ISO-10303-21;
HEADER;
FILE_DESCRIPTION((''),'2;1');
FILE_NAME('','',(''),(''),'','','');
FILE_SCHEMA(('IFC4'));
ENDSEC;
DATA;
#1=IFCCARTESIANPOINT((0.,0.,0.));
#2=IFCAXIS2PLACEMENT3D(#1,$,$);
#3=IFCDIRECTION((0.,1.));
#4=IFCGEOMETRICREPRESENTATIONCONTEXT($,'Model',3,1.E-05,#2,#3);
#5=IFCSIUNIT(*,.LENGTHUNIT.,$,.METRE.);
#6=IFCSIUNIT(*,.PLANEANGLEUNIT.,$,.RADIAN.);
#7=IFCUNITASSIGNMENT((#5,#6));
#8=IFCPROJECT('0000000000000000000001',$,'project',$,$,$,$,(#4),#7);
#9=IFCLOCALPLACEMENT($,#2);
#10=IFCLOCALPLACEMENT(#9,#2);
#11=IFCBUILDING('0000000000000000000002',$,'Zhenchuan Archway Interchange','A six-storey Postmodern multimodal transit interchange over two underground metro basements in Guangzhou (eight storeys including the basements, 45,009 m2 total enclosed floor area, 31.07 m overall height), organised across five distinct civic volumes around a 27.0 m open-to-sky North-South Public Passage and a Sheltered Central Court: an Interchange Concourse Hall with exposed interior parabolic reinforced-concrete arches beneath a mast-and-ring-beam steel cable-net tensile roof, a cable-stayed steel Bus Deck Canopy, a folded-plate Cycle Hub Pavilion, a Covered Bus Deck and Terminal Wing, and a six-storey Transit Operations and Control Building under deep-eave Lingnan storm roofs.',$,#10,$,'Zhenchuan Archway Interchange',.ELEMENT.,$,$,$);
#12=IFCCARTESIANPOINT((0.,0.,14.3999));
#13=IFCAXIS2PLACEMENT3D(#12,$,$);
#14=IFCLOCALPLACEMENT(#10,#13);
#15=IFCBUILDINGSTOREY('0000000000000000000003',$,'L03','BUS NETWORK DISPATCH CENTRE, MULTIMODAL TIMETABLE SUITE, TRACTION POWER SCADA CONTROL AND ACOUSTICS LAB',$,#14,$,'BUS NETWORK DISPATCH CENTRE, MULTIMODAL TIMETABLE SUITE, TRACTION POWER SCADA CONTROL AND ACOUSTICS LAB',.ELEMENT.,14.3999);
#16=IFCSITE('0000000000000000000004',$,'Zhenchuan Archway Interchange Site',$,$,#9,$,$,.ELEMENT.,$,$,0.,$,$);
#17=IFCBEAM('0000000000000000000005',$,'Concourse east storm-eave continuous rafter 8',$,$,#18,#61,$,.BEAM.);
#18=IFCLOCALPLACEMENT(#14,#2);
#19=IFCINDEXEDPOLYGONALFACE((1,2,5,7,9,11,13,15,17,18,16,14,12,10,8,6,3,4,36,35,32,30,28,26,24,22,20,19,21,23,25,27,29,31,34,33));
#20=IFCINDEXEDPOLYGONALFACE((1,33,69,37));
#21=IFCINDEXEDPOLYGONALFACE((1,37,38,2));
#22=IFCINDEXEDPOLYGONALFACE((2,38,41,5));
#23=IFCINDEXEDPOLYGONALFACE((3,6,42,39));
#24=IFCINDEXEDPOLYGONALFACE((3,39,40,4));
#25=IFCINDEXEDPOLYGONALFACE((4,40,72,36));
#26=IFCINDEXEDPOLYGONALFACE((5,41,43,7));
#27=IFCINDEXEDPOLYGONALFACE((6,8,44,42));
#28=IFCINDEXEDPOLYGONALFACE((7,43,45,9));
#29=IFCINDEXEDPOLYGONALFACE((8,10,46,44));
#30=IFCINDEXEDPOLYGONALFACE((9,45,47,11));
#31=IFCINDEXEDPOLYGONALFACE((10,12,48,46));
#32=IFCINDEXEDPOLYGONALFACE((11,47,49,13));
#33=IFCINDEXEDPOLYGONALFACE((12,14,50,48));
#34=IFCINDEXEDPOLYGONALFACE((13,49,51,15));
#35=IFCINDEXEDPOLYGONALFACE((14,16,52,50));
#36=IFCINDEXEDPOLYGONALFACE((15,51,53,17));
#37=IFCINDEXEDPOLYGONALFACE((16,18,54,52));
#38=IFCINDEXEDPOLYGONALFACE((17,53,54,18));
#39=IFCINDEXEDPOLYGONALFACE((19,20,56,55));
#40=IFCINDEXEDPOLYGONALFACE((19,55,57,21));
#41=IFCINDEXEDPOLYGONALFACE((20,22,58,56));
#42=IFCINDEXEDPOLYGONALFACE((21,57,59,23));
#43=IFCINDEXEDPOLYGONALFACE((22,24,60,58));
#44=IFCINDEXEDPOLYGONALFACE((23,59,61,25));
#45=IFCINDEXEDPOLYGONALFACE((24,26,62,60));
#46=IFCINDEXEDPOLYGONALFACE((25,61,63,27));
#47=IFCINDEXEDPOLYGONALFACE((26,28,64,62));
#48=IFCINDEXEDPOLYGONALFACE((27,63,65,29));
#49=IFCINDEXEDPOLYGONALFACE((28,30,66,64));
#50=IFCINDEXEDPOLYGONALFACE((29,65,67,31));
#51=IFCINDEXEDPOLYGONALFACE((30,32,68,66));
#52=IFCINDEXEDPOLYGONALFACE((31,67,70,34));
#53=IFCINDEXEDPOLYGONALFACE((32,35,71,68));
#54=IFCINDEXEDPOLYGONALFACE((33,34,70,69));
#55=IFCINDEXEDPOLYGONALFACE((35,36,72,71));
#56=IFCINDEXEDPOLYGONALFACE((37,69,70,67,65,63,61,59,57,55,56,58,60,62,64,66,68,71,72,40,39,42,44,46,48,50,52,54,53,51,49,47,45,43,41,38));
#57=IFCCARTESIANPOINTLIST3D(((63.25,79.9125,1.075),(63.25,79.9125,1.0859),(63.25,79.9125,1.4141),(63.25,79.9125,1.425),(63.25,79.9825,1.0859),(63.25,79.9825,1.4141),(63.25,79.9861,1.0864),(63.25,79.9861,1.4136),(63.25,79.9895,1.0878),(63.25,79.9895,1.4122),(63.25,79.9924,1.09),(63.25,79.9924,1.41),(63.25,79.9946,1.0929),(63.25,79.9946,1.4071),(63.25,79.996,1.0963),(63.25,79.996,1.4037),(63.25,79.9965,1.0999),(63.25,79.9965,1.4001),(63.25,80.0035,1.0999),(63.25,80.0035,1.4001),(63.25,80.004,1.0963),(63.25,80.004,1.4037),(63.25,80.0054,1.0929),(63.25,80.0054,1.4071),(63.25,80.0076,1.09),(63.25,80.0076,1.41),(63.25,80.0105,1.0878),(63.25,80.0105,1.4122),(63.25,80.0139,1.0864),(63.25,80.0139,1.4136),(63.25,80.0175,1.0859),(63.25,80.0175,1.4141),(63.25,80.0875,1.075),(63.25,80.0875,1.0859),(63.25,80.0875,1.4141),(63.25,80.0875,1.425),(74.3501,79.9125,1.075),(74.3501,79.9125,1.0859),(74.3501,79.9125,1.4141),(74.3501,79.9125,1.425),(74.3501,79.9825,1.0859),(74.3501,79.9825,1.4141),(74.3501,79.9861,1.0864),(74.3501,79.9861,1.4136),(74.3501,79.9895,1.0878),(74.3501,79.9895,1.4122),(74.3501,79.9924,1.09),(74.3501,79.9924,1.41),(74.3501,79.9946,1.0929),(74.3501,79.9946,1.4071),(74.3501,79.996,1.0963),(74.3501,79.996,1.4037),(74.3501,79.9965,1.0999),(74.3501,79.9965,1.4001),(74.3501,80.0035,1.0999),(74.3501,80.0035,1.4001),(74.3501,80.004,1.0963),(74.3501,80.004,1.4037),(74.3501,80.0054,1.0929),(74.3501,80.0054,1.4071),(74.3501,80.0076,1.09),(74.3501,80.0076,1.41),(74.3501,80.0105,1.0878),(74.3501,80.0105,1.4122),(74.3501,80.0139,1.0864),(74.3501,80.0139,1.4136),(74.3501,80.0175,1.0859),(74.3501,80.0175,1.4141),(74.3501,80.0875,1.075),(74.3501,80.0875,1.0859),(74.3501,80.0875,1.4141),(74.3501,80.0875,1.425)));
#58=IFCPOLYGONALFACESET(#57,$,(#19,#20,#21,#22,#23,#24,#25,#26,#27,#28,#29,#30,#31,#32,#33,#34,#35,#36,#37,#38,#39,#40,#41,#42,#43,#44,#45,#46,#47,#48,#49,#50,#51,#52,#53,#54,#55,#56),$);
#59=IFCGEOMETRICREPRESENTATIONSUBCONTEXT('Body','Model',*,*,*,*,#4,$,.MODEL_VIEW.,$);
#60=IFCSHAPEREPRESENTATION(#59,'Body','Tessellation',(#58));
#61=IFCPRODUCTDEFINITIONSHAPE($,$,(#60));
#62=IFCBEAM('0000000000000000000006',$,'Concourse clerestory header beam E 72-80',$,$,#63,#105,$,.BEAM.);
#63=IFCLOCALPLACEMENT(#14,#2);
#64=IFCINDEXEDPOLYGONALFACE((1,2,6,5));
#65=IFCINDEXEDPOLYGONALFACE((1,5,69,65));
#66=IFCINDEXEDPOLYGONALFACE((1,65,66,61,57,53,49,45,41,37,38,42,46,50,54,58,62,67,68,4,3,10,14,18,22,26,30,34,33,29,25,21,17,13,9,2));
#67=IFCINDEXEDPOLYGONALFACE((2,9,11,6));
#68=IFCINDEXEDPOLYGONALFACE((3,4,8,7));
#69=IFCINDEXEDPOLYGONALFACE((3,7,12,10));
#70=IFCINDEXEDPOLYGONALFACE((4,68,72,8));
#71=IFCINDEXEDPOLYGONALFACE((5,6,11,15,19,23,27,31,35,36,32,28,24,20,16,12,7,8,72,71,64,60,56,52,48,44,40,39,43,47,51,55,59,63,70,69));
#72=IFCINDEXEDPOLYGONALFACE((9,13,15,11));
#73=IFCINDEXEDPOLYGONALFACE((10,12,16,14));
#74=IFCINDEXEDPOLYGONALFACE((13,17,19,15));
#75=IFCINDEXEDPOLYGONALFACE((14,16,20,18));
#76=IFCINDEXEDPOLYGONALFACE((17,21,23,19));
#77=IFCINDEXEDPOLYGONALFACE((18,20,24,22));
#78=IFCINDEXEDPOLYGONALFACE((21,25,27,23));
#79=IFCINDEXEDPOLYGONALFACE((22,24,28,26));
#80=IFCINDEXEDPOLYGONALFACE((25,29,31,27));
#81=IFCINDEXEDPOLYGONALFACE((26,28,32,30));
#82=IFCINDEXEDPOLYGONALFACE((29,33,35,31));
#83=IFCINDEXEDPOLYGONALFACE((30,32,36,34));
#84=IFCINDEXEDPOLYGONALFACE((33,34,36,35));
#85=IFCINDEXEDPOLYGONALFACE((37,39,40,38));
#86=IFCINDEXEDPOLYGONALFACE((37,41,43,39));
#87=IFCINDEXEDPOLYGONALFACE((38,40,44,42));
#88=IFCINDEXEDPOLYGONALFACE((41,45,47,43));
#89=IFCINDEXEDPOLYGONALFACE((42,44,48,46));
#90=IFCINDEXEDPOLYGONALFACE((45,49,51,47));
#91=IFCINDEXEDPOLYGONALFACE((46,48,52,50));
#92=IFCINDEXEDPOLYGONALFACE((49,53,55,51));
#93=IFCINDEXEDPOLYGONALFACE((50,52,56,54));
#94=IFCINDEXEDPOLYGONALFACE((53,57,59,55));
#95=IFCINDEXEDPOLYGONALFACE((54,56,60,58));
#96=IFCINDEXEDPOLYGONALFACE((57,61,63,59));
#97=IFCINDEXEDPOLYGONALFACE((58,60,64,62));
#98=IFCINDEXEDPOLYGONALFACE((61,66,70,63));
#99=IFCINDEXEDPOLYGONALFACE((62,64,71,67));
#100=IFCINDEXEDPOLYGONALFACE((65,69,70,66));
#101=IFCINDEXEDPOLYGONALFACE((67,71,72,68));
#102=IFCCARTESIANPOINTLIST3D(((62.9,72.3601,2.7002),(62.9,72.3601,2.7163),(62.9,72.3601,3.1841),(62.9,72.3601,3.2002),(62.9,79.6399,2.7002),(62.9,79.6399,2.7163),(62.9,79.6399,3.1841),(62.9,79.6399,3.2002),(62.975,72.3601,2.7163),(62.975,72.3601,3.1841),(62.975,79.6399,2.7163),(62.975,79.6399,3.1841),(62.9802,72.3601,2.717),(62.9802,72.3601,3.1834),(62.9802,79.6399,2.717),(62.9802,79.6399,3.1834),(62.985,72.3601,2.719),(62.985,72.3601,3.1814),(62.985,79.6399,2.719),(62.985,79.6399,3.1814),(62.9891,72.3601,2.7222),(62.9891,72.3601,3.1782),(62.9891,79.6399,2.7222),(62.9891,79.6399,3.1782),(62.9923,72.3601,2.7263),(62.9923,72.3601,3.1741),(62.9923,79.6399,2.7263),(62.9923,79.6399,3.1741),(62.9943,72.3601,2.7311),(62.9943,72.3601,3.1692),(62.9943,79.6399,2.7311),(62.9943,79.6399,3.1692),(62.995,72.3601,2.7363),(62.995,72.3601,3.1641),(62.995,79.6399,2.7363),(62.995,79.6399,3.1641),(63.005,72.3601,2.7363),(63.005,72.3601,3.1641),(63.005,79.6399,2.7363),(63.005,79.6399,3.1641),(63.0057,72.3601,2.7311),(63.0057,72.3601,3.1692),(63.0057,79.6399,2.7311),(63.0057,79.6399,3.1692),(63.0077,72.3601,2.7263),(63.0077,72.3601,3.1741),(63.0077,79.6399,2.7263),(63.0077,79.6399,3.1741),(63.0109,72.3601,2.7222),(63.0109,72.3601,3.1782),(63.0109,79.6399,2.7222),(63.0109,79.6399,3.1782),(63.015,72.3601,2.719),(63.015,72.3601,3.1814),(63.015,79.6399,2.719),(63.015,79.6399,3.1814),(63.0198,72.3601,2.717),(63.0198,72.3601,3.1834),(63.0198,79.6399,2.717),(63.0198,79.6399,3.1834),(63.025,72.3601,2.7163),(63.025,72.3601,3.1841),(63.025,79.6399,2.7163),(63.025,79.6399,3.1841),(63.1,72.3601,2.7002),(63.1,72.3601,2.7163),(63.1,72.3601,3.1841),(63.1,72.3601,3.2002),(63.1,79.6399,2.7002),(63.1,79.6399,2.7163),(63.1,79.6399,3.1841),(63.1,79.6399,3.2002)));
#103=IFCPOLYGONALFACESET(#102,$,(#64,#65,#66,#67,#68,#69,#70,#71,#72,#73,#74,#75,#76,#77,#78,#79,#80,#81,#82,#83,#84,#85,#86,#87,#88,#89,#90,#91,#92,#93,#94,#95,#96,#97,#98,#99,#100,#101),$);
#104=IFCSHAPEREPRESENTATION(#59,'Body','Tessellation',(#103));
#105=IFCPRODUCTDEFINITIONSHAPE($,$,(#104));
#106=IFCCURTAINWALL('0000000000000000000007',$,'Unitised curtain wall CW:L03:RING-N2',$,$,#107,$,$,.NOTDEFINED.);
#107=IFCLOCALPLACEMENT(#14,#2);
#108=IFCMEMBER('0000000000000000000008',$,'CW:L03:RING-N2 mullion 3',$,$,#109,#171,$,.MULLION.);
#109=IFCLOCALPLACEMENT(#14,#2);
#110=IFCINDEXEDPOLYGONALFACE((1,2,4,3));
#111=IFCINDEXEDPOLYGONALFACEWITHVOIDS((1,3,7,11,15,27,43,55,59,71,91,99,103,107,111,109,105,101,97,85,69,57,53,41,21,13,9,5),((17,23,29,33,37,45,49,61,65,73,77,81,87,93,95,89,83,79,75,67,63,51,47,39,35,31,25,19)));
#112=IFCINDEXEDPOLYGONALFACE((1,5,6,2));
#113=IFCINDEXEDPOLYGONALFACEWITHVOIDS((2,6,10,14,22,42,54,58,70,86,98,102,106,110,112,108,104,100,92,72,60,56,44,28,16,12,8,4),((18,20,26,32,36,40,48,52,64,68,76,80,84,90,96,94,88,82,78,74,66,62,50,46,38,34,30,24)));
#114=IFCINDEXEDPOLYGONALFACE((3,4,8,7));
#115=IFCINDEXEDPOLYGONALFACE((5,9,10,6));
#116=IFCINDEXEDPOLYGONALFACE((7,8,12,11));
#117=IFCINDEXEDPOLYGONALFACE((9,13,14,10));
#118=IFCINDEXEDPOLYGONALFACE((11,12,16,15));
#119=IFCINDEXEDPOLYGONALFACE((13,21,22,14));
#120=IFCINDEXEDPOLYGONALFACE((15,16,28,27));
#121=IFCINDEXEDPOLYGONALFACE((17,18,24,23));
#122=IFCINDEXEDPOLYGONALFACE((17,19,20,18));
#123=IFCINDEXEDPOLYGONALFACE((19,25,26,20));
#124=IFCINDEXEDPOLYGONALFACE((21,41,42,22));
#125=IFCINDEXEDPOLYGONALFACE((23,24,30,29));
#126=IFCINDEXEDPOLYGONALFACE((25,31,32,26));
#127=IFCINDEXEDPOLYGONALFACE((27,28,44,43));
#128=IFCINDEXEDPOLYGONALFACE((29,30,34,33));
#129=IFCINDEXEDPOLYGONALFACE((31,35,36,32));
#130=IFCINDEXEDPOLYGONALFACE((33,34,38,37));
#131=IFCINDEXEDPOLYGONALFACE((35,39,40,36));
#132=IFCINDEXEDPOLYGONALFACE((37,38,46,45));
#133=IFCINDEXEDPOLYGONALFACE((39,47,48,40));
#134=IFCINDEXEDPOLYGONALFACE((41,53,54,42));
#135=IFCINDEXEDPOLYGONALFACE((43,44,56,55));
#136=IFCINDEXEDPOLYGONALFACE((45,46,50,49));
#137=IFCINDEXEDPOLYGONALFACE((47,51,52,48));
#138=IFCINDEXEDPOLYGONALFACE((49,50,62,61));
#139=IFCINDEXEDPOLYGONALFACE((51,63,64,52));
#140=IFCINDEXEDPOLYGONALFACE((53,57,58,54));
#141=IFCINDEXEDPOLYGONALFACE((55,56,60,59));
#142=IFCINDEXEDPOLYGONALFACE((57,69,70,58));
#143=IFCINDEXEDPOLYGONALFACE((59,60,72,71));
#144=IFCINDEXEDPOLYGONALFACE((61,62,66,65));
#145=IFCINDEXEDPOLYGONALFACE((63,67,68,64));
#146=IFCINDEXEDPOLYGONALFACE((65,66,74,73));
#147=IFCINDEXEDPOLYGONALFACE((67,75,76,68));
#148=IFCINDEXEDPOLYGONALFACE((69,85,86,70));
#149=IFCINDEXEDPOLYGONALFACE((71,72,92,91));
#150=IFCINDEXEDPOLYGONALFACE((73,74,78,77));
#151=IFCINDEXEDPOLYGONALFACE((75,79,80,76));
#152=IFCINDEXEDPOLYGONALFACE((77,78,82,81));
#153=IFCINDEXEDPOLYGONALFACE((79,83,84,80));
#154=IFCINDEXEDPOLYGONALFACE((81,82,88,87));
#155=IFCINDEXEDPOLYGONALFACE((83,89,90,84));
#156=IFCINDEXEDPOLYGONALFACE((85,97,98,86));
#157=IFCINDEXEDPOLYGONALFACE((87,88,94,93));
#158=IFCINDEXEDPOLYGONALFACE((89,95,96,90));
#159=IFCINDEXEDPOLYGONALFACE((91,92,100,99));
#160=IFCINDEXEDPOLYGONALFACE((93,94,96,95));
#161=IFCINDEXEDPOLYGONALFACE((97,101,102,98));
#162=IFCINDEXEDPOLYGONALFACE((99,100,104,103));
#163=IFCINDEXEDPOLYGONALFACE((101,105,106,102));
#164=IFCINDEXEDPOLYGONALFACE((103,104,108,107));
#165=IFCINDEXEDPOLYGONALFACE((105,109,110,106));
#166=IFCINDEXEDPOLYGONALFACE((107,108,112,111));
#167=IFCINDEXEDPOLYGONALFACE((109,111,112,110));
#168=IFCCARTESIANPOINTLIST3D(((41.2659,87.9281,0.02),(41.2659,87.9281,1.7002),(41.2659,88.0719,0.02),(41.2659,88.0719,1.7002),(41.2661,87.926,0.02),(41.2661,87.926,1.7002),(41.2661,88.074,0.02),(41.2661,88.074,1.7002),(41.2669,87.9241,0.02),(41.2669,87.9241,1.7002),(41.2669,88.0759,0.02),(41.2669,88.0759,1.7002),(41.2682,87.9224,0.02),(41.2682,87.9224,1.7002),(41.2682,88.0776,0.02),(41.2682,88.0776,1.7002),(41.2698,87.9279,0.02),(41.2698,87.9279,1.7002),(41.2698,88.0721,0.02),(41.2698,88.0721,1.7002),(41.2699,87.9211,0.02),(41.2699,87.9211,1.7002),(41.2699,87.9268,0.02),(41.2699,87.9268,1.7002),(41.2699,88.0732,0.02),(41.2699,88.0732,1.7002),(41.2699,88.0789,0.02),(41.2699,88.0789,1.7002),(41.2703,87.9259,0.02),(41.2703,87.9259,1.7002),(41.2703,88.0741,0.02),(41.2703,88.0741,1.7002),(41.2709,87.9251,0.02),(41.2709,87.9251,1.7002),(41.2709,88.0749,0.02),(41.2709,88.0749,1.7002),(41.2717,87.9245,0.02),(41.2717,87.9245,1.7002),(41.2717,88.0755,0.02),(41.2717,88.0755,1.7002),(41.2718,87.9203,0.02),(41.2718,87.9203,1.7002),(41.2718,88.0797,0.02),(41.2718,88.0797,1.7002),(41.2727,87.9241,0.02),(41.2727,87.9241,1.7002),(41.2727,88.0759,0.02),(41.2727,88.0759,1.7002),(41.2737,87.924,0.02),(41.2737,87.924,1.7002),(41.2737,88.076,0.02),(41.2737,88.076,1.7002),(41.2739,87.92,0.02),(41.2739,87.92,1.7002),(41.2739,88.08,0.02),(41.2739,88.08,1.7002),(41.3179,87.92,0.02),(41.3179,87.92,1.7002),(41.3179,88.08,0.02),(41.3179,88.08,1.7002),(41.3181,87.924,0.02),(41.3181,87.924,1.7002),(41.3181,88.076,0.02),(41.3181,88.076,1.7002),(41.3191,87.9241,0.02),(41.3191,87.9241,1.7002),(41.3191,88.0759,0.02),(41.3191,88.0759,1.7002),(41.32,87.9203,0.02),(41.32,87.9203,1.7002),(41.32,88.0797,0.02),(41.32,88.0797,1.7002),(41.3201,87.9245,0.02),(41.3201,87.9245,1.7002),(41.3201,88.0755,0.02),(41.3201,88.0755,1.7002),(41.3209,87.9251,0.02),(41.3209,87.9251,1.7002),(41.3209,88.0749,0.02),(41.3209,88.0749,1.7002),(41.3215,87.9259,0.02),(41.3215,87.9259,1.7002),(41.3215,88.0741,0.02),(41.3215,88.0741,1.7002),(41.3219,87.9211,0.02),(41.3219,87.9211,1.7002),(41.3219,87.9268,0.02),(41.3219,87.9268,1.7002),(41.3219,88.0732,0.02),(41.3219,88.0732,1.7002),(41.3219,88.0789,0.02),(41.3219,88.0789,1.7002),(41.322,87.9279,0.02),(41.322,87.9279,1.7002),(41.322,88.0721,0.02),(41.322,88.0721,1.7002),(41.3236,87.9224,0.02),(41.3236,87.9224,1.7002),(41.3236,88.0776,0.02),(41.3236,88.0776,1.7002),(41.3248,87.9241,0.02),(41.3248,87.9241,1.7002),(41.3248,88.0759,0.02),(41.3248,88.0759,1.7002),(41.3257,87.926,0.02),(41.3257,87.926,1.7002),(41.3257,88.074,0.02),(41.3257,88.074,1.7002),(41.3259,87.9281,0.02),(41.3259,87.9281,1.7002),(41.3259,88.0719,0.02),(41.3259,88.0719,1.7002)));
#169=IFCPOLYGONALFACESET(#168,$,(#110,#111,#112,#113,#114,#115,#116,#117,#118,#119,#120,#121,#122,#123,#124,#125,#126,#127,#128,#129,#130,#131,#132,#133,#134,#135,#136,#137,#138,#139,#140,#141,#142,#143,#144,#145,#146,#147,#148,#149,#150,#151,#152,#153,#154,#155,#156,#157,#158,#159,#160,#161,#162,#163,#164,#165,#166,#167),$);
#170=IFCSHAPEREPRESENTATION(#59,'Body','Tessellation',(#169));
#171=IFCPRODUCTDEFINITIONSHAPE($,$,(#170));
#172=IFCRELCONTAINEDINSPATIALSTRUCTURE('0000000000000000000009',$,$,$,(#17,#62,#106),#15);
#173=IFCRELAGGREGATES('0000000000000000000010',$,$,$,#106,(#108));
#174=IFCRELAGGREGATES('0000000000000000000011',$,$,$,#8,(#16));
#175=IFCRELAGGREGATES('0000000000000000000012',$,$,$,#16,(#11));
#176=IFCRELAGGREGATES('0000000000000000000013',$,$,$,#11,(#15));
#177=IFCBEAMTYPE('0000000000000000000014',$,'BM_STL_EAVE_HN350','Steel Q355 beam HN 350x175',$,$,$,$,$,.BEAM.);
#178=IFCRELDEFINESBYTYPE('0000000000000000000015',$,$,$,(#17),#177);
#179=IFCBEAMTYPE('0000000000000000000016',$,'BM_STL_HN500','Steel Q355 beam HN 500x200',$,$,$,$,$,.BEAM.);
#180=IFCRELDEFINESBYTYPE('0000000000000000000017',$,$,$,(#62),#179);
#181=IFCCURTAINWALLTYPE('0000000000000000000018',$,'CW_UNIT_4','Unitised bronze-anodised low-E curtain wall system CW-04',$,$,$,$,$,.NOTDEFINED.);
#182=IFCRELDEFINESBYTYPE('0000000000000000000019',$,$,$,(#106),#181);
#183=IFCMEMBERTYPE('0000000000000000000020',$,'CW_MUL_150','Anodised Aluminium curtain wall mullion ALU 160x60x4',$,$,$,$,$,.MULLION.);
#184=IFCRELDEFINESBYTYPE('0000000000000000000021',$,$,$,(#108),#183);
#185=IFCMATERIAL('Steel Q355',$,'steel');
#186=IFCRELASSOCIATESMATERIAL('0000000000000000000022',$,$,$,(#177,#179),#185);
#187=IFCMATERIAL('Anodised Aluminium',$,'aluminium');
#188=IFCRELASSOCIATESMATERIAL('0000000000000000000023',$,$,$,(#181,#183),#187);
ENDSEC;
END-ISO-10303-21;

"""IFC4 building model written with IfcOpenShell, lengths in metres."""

from ifc_helpers import new_model, si_unit, direction, frame, origin, origin_2d, place, context, subcontext, project, spatial, hollow_rectangle, i_section, extrude, material, material_profile, profile_set, type_object, element, aggregate, save


model = new_model("IFC4")

# Units and contexts
model_context = context("Model", 3, precision=1e-05, world=origin(), true_north=direction((0.0, 1.0)))
body_context = subcontext(model_context, "Body", "Model", "MODEL_VIEW")
ifc_project = project(units=[si_unit("LENGTHUNIT", "METRE"), si_unit("PLANEANGLEUNIT", "RADIAN")], contexts=[model_context])

# Site, building, storey
site_placement = place(None, origin())
site = spatial("IfcSite", under=ifc_project, at=site_placement, Name="Zhenchuan Archway Interchange Site", CompositionType="ELEMENT", RefElevation=0.0)
building_placement = place(site_placement, origin())
building = spatial("IfcBuilding", under=site, at=building_placement, Name="Zhenchuan Archway Interchange", Description="A six-storey Postmodern multimodal transit interchange over two underground metro basements in Guangzhou (eight storeys including the basements, 45,009 m2 total enclosed floor area, 31.07 m overall height), organised across five distinct civic volumes around a 27.0 m open-to-sky North-South Public Passage and a Sheltered Central Court: an Interchange Concourse Hall with exposed interior parabolic reinforced-concrete arches beneath a mast-and-ring-beam steel cable-net tensile roof, a cable-stayed steel Bus Deck Canopy, a folded-plate Cycle Hub Pavilion, a Covered Bus Deck and Terminal Wing, and a six-storey Transit Operations and Control Building under deep-eave Lingnan storm roofs.", LongName="Zhenchuan Archway Interchange", CompositionType="ELEMENT")
storey_placement = place(building_placement, frame((0.0, 0.0, 14.3999)))
storey = spatial("IfcBuildingStorey", under=building, at=storey_placement, Name="L03", Description="BUS NETWORK DISPATCH CENTRE, MULTIMODAL TIMETABLE SUITE, TRACTION POWER SCADA CONTROL AND ACOUSTICS LAB", LongName="BUS NETWORK DISPATCH CENTRE, MULTIMODAL TIMETABLE SUITE, TRACTION POWER SCADA CONTROL AND ACOUSTICS LAB", CompositionType="ELEMENT", Elevation=14.3999)

# Beams
ifc_material_1 = material(Name="Steel Q355", Category="steel")
ifc_material_profile_1 = material_profile(ifc_material_1, i_section(OverallWidth=0.175, OverallDepth=0.3501, WebThickness=0.0071, FlangeThickness=0.011, FilletRadius=0.0139, at=origin_2d()), Name="HN 350x175")
ifc_profile_set_1 = profile_set([ifc_material_profile_1], Name="Steel Q355")
beam_type_1 = type_object("IfcBeamType", Name="BM_STL_EAVE_HN350", Description="Steel Q355 beam HN 350x175", PredefinedType="BEAM", material=ifc_profile_set_1)
for number, where, z_axis, x_axis, name in (
    (1, (63.25, 80.0, 1.25), (1.0, 0.0, 0.0), (0.0, 1.0, 0.0), "Concourse east storm-eave continuous rafter 8"),
):
    element("IfcBeam", number, at=place(storey_placement, frame(where, z_axis=z_axis, x_axis=x_axis)), inside=storey, type_object=beam_type_1, Name=name, PredefinedType="BEAM", context=body_context, shape_type="SweptSolid", body=[
        extrude(i_section(OverallWidth=0.175, OverallDepth=0.3501, WebThickness=0.0071, FlangeThickness=0.011, FilletRadius=0.0139, at=origin_2d()), origin(), (0.0, 0.0, 1.0), 11.1001),
    ])
ifc_material_profile_2 = material_profile(ifc_material_1, i_section(OverallWidth=0.2, OverallDepth=0.5, WebThickness=0.01, FlangeThickness=0.0161, FilletRadius=0.02, at=origin_2d()), Name="HN 500x200")
ifc_profile_set_2 = profile_set([ifc_material_profile_2], Name="Steel Q355")
beam_type_2 = type_object("IfcBeamType", Name="BM_STL_HN500", Description="Steel Q355 beam HN 500x200", PredefinedType="BEAM", material=ifc_profile_set_2)
beam_placement = place(storey_placement, frame((63.0, 72.3601, 2.9502), z_axis=(0.0, 1.0, 0.0), x_axis=(-1.0, 0.0, 0.0)))
element("IfcBeam", 2, at=beam_placement, inside=storey, type_object=beam_type_2, Name="Concourse clerestory header beam E 72-80", PredefinedType="BEAM", context=body_context, shape_type="SweptSolid", body=[
    extrude(i_section(OverallWidth=0.2, OverallDepth=0.5, WebThickness=0.01, FlangeThickness=0.0161, FilletRadius=0.02, at=origin_2d()), origin(), (0.0, 0.0, 1.0), 7.2798),
])

# Curtain wall, member
ifc_material_2 = material(Name="Anodised Aluminium", Category="aluminium")
curtain_wall_type = type_object("IfcCurtainWallType", Name="CW_UNIT_4", Description="Unitised bronze-anodised low-E curtain wall system CW-04", PredefinedType="NOTDEFINED", material=ifc_material_2)
curtain_wall_placement = place(storey_placement, origin())
curtain_wall = element("IfcCurtainWall", 3, at=curtain_wall_placement, inside=storey, type_object=curtain_wall_type, Name="Unitised curtain wall CW:L03:RING-N2", PredefinedType="NOTDEFINED")
ifc_material_profile_3 = material_profile(ifc_material_2, hollow_rectangle(XDim=0.0601, YDim=0.1599, WallThickness=0.0039, InnerFilletRadius=0.0039, OuterFilletRadius=0.0081, at=origin_2d()), Name="ALU 160x60x4")
ifc_profile_set_3 = profile_set([ifc_material_profile_3], Name="Anodised Aluminium")
member_type_1 = type_object("IfcMemberType", Name="CW_MUL_150", Description="Anodised Aluminium curtain wall mullion ALU 160x60x4", PredefinedType="MULLION", material=ifc_profile_set_3)
member_1_placement = place(storey_placement, frame((41.2959, 88.0, 0.02), z_axis=(0.0, 0.0, 1.0), x_axis=(1.0, 0.0, 0.0)))
member_1 = element("IfcMember", 4, at=member_1_placement, type_object=member_type_1, Name="CW:L03:RING-N2 mullion 3", PredefinedType="MULLION", context=body_context, shape_type="SweptSolid", body=[
    extrude(hollow_rectangle(XDim=0.0601, YDim=0.1599, WallThickness=0.0039, InnerFilletRadius=0.0039, OuterFilletRadius=0.0081, at=origin_2d()), origin(), (0.0, 0.0, 1.0), 1.6802),
])

aggregate(curtain_wall, [member_1])

save(model, "model.ifc")
